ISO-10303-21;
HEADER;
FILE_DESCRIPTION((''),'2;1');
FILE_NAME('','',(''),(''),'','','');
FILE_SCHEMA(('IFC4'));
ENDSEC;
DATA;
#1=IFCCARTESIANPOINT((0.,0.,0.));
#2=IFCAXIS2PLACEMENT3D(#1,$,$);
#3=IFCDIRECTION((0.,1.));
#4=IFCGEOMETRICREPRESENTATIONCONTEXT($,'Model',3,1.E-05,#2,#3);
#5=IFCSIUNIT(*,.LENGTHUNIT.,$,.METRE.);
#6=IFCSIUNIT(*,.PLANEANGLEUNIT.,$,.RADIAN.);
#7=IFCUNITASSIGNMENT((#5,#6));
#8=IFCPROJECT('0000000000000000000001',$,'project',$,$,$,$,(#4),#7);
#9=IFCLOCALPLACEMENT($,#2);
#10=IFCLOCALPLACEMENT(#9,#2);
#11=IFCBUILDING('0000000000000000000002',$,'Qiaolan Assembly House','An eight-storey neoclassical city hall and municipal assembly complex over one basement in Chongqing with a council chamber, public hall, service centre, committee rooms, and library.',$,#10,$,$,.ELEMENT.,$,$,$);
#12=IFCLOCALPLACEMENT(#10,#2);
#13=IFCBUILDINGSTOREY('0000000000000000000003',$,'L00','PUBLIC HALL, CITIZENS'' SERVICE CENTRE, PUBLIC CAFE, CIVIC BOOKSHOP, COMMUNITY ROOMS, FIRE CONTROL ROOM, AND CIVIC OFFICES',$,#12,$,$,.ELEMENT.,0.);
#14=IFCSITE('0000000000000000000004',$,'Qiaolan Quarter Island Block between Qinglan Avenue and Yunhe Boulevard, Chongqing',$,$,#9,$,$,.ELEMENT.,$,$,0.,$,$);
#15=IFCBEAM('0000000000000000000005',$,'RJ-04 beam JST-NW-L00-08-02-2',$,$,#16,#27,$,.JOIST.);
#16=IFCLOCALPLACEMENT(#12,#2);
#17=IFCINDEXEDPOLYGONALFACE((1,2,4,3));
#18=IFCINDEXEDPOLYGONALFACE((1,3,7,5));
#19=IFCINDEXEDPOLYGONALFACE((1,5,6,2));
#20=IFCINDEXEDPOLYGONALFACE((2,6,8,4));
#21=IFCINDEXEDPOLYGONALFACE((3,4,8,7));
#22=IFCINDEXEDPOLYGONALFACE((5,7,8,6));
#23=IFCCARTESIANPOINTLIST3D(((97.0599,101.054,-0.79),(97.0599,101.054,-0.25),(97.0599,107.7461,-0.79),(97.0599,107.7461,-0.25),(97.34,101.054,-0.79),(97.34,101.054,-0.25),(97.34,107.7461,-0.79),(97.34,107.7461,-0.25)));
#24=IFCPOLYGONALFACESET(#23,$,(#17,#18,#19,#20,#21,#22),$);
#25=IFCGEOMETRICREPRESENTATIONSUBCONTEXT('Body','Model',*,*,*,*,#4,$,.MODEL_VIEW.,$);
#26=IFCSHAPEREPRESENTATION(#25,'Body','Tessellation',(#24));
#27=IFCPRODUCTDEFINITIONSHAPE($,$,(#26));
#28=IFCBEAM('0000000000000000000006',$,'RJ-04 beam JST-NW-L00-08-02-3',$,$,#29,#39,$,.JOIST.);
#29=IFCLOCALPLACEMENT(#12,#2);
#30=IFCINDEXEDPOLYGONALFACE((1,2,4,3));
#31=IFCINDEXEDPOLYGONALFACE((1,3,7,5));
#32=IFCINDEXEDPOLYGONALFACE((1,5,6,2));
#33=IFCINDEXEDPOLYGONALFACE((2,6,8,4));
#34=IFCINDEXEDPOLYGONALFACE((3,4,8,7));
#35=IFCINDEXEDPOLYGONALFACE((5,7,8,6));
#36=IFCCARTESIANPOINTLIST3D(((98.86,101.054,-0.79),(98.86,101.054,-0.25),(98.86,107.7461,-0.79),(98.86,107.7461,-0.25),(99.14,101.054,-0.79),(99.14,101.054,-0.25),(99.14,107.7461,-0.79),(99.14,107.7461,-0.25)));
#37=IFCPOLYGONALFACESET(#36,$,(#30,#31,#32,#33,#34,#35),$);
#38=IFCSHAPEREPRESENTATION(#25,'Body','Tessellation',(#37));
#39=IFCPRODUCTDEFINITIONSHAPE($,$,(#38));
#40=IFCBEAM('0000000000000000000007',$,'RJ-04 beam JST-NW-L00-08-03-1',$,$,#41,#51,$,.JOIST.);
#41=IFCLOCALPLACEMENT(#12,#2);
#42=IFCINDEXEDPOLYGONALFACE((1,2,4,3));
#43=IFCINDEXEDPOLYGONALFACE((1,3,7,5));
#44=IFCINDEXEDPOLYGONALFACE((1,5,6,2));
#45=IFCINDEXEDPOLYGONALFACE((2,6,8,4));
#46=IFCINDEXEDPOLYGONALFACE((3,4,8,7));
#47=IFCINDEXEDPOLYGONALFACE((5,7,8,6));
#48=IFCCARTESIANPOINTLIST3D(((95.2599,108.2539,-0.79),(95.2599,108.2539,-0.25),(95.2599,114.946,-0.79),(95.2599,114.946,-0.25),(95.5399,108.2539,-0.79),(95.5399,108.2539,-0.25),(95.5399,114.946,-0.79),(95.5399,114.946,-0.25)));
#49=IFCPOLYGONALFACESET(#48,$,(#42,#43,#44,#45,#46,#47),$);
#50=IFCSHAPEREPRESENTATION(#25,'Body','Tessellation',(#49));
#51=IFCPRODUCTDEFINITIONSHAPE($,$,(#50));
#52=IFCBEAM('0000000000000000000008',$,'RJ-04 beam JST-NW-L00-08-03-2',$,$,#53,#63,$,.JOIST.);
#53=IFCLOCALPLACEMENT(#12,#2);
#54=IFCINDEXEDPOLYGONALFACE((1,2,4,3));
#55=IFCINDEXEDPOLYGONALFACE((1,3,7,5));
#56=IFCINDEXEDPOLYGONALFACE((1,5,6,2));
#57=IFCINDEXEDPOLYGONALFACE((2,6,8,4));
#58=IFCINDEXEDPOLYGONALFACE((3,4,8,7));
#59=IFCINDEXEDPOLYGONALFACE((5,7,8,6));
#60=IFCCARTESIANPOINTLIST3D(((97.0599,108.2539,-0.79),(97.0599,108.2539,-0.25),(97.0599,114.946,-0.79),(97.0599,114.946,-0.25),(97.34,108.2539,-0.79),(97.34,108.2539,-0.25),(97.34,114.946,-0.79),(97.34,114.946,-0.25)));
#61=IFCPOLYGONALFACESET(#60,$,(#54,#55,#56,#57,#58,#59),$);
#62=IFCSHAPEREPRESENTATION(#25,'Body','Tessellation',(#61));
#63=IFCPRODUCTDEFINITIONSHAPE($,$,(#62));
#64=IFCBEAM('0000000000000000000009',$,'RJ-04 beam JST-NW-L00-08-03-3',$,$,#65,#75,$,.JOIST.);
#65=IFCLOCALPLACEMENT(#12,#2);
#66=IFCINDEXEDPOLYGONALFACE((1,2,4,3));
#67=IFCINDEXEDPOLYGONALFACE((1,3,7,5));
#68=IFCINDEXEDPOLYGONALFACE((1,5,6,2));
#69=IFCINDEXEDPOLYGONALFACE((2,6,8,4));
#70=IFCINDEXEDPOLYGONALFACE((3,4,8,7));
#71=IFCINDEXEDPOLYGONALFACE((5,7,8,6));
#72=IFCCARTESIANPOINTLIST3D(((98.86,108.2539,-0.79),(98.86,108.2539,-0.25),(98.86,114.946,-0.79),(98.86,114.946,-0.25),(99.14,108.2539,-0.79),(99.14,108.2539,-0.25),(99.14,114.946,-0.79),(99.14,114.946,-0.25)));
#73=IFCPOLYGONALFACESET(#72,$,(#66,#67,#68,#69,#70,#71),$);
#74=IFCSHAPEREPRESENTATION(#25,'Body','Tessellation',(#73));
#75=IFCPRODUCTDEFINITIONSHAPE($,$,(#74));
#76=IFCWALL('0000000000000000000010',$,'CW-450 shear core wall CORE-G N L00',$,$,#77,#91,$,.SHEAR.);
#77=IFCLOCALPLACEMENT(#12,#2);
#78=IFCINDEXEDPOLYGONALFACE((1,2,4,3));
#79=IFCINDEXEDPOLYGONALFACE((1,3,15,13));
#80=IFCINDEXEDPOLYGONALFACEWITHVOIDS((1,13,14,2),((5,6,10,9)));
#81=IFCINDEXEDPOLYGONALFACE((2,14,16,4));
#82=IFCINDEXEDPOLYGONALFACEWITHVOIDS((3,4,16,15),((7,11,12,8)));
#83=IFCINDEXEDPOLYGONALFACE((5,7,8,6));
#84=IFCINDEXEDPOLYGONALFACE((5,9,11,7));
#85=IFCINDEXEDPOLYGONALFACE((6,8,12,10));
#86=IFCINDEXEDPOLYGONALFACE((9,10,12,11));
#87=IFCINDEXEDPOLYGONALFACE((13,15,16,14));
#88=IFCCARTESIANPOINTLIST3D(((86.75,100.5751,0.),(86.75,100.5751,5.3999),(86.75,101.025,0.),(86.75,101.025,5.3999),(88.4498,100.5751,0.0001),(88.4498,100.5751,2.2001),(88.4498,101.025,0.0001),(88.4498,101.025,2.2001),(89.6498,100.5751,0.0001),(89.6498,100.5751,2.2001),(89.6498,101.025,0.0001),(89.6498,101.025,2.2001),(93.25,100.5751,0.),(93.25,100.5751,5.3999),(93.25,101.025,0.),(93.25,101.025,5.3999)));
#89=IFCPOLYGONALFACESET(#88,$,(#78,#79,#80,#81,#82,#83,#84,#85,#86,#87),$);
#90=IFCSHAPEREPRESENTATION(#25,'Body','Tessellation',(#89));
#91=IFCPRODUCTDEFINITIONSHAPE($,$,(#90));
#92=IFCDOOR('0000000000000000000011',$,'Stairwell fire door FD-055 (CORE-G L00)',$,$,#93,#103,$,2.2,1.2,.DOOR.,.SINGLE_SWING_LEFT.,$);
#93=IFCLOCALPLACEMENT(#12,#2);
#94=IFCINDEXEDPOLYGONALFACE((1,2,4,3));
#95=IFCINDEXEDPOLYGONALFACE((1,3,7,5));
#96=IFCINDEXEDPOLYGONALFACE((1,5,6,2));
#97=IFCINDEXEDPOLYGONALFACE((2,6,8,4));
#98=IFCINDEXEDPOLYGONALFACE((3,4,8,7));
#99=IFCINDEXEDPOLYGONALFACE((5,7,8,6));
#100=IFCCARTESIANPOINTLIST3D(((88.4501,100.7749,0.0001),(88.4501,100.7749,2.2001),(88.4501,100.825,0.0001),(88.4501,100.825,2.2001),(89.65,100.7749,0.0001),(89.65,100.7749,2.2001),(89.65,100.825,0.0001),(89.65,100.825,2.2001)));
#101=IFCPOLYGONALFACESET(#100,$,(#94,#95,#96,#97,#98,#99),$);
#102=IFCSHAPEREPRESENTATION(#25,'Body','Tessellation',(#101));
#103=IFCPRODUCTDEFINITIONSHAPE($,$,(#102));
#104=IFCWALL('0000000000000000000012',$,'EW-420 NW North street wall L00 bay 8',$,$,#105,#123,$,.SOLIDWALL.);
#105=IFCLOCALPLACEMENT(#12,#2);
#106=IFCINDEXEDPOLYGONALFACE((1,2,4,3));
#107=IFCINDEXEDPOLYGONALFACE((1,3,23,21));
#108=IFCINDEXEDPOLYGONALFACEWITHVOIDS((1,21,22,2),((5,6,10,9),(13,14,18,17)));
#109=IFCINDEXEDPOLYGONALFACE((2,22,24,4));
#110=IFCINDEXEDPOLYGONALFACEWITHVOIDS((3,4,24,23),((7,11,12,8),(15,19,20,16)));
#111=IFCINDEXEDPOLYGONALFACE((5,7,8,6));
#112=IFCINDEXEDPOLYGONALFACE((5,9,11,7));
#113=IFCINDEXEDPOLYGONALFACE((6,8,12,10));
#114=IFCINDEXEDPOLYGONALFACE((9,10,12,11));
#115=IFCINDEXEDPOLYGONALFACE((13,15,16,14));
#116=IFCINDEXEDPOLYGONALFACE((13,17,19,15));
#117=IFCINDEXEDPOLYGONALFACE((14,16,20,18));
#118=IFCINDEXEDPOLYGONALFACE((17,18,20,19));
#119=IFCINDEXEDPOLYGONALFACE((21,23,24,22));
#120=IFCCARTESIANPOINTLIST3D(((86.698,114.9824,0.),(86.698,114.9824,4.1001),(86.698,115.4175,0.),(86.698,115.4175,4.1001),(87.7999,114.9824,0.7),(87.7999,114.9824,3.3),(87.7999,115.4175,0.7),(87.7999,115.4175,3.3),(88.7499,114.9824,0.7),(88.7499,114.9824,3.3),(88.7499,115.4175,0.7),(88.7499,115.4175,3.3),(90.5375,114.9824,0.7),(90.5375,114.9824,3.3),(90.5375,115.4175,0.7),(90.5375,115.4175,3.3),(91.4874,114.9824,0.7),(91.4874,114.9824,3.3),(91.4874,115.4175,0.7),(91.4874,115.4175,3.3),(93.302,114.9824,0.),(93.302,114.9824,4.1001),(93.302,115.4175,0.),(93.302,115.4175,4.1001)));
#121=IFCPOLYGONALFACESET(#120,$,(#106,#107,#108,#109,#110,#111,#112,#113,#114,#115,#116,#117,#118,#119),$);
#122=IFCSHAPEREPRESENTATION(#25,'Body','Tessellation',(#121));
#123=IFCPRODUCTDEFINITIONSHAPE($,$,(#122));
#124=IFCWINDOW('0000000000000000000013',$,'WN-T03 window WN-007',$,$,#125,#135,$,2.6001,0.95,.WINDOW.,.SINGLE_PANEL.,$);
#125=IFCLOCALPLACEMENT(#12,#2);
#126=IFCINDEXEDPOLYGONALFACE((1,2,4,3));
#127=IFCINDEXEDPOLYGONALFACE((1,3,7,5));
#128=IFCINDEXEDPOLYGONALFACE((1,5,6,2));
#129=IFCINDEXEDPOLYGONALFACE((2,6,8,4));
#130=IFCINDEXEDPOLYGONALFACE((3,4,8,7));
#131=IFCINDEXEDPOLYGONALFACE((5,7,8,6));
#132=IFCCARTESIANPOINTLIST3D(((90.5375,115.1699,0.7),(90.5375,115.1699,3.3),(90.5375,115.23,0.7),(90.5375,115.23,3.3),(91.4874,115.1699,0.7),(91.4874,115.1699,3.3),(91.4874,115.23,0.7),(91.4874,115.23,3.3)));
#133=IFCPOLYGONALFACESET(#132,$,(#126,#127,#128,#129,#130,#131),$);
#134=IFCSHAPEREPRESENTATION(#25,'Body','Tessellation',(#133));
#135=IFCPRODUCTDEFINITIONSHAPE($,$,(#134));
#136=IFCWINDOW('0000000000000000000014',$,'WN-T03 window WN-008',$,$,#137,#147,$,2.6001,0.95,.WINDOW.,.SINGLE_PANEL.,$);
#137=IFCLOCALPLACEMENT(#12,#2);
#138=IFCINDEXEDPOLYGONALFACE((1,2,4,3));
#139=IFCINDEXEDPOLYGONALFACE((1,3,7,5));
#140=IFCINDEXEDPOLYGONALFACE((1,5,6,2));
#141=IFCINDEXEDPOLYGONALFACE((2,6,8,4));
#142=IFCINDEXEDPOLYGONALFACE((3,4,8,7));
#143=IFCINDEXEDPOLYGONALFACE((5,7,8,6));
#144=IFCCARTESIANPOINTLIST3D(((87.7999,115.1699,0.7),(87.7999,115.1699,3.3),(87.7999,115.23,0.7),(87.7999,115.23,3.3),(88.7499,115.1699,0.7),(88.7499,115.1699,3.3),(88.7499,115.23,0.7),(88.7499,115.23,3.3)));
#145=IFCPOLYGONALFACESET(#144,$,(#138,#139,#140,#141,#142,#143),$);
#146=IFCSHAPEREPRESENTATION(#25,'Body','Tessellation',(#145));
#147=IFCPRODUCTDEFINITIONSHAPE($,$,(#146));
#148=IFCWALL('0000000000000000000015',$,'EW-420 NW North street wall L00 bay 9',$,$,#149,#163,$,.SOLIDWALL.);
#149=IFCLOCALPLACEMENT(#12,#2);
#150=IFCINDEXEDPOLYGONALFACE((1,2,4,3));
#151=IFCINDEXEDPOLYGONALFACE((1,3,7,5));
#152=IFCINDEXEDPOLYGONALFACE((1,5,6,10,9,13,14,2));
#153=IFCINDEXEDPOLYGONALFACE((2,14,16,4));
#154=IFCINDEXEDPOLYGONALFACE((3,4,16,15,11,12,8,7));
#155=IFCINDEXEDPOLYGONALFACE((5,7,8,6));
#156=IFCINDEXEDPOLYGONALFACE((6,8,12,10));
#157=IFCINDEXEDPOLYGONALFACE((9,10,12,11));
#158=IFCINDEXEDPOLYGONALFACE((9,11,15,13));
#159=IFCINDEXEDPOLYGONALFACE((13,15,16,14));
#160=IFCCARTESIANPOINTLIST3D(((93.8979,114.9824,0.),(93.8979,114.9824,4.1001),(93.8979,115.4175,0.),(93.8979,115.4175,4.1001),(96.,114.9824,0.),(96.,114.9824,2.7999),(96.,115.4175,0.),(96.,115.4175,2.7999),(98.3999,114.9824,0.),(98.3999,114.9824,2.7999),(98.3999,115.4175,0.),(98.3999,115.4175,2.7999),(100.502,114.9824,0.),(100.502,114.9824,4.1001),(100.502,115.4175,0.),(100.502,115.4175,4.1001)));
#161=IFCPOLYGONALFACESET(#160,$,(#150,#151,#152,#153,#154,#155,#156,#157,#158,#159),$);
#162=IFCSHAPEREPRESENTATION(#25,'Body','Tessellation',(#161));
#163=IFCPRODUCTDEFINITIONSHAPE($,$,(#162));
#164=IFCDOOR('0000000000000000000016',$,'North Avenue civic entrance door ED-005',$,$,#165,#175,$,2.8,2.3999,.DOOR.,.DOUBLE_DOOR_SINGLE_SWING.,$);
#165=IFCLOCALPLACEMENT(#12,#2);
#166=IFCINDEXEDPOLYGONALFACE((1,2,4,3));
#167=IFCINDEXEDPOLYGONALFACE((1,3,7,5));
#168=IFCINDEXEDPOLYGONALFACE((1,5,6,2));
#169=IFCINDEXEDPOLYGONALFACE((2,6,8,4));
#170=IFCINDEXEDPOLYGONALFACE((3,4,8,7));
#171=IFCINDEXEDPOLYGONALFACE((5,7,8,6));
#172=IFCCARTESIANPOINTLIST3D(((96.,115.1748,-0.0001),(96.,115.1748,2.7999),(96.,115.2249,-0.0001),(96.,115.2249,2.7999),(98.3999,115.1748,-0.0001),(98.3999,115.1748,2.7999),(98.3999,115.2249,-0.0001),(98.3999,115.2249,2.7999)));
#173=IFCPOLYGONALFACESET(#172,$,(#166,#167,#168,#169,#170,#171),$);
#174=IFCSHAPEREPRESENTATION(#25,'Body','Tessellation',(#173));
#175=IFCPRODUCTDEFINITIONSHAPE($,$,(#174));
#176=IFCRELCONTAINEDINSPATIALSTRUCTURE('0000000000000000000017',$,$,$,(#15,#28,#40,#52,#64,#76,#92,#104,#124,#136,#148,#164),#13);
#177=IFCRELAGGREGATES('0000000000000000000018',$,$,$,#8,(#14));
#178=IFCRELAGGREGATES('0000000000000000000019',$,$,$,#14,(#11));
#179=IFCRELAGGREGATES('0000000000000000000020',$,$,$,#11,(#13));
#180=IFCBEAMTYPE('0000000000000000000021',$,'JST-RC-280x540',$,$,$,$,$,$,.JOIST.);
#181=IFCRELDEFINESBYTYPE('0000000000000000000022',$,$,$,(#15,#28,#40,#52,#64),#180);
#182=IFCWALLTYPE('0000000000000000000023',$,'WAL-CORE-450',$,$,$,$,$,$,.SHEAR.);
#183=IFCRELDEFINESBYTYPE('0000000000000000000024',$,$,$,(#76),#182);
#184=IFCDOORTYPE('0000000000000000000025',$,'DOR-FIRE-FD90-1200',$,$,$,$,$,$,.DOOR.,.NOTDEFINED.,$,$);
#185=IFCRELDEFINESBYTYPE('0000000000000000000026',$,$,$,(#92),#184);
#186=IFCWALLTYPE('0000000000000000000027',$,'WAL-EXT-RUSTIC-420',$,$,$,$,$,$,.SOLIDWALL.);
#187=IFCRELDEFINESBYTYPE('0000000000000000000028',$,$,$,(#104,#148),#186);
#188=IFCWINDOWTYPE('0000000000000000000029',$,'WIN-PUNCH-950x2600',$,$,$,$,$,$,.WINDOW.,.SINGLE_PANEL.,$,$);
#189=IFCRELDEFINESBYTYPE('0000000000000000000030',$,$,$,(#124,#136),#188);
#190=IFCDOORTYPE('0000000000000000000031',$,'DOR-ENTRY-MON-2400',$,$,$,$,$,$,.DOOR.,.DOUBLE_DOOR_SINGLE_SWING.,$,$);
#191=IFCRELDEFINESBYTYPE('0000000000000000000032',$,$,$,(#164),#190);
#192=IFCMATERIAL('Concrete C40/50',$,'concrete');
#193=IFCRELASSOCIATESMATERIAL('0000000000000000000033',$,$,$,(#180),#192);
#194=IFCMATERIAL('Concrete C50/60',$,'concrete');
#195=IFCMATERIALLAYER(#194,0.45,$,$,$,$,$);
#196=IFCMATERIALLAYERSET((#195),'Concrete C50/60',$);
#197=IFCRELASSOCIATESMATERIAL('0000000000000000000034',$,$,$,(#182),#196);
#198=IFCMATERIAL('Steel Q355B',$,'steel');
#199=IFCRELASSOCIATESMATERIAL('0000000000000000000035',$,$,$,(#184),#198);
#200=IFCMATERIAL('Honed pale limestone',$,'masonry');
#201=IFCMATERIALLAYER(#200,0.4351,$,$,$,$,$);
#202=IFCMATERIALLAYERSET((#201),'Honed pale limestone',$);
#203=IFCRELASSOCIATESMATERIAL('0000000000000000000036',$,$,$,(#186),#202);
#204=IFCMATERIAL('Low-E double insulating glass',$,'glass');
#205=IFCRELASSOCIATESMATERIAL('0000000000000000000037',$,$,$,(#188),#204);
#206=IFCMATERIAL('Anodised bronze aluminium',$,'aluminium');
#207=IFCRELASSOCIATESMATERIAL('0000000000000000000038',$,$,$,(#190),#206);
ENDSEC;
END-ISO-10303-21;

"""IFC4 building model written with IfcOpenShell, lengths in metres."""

from ifc_helpers import new_model, si_unit, direction, frame, frame_2d, origin, origin_2d, place, context, subcontext, project, spatial, rectangle, extrude, material, layer, layer_set, material_profile, profile_set, type_object, element, fill, save


model = new_model("IFC4")

# Units and contexts
model_context = context("Model", 3, precision=1e-05, world=origin(), true_north=direction((0.0, 1.0)))
body_context = subcontext(model_context, "Body", "Model", "MODEL_VIEW")
ifc_project = project(units=[si_unit("LENGTHUNIT", "METRE"), si_unit("PLANEANGLEUNIT", "RADIAN")], contexts=[model_context])

# Site, building, storey
site_placement = place(None, origin())
site = spatial("IfcSite", under=ifc_project, at=site_placement, Name="Qiaolan Quarter Island Block between Qinglan Avenue and Yunhe Boulevard, Chongqing", CompositionType="ELEMENT", RefElevation=0.0)
building_placement = place(site_placement, origin())
building = spatial("IfcBuilding", under=site, at=building_placement, Name="Qiaolan Assembly House", Description="An eight-storey neoclassical city hall and municipal assembly complex over one basement in Chongqing with a council chamber, public hall, service centre, committee rooms, and library.", CompositionType="ELEMENT")
storey_placement = place(building_placement, origin())
storey = spatial("IfcBuildingStorey", under=building, at=storey_placement, Name="L00", Description="PUBLIC HALL, CITIZENS' SERVICE CENTRE, PUBLIC CAFE, CIVIC BOOKSHOP, COMMUNITY ROOMS, FIRE CONTROL ROOM, AND CIVIC OFFICES", CompositionType="ELEMENT", Elevation=0.0)

# Shared definitions
ifc_material_1 = material(Name="Concrete C50/60", Category="concrete")

# Beams
ifc_material_2 = material(Name="Concrete C40/50", Category="concrete")
ifc_material_profile_1 = material_profile(ifc_material_2, rectangle(XDim=0.28, YDim=0.54, at=origin_2d()), Name="RCB 280x540")
ifc_profile_set_1 = profile_set([ifc_material_profile_1], Name="Concrete C40/50")
beam_type_1 = type_object("IfcBeamType", Name="JST-RC-280x540", PredefinedType="JOIST", material=ifc_profile_set_1)
for number, where, z_axis, x_axis, name in (
    (1, (97.2, 101.054, -0.52), (0.0, 1.0, 0.0), (-1.0, 0.0, 0.0), "RJ-04 beam JST-NW-L00-08-02-2"),
    (2, (99.0, 101.054, -0.52), (0.0, 1.0, 0.0), (-1.0, 0.0, 0.0), "RJ-04 beam JST-NW-L00-08-02-3"),
    (3, (95.3999, 108.2539, -0.52), (0.0, 1.0, 0.0), (-1.0, 0.0, 0.0), "RJ-04 beam JST-NW-L00-08-03-1"),
    (4, (97.2, 108.2539, -0.52), (0.0, 1.0, 0.0), (-1.0, 0.0, 0.0), "RJ-04 beam JST-NW-L00-08-03-2"),
    (5, (99.0, 108.2539, -0.52), (0.0, 1.0, 0.0), (-1.0, 0.0, 0.0), "RJ-04 beam JST-NW-L00-08-03-3"),
):
    element("IfcBeam", number, at=place(storey_placement, frame(where, z_axis=z_axis, x_axis=x_axis)), inside=storey, type_object=beam_type_1, Name=name, PredefinedType="JOIST", context=body_context, shape_type="SweptSolid", body=[
        extrude(rectangle(XDim=0.28, YDim=0.54, at=origin_2d()), origin(), (0.0, 0.0, 1.0), 6.6921),
    ])

# Wall, opening, door
ifc_layer_1 = layer(ifc_material_1, 0.45)
ifc_layer_set_1 = layer_set([ifc_layer_1], Name="Concrete C50/60")
wall_type_1 = type_object("IfcWallType", Name="WAL-CORE-450", PredefinedType="SHEAR", material=ifc_layer_set_1)
wall_1_placement = place(storey_placement, frame((93.25, 100.8, 0.0), z_axis=(0.0, 0.0, 1.0), x_axis=(-1.0, 0.0, 0.0)))
wall_1 = element("IfcWall", 6, at=wall_1_placement, inside=storey, type_object=wall_type_1, Name="CW-450 shear core wall CORE-G N L00", PredefinedType="SHEAR", context=body_context, shape_type="SweptSolid", body=[
    extrude(rectangle(XDim=6.5, YDim=0.45, at=frame_2d((3.25, 0.0))), origin(), (0.0, 0.0, 1.0), 5.3999),
])
opening_1_placement = place(wall_1_placement, frame((3.6001, 0.0, 0.0)))
opening_1 = element("IfcOpeningElement", 7, at=opening_1_placement, cuts=wall_1, PredefinedType="OPENING", context=body_context, shape_type="SweptSolid", body=[
    extrude(rectangle(XDim=1.2, YDim=2.2, at=frame_2d((0.6001, 1.1001))), frame((0.0, 0.2349, 0.0), z_axis=(0.0, -1.0, 0.0), x_axis=(1.0, 0.0, 0.0)), (0.0, 0.0, 1.0), 0.47),
])
ifc_material_3 = material(Name="Steel Q355B", Category="steel")
door_type_1 = type_object("IfcDoorType", Name="DOR-FIRE-FD90-1200", OperationType="NOTDEFINED", PredefinedType="DOOR", material=ifc_material_3)
door_1_placement = place(opening_1_placement, frame((1.2, 0.0, 0.0), z_axis=(0.0, 0.0, 1.0), x_axis=(-1.0, 0.0, 0.0)))
door_1 = element("IfcDoor", 8, at=door_1_placement, inside=storey, type_object=door_type_1, Name="Stairwell fire door FD-055 (CORE-G L00)", OperationType="SINGLE_SWING_LEFT", OverallHeight=2.2, OverallWidth=1.2, PredefinedType="DOOR", context=body_context, shape_type="SweptSolid", body=[
    extrude(rectangle(XDim=1.2, YDim=2.2, at=frame_2d((0.6001, 1.1001))), frame((0.0, 0.0249, 0.0), z_axis=(0.0, -1.0, 0.0), x_axis=(1.0, 0.0, 0.0)), (0.0, 0.0, 1.0), 0.05),
])
fill(opening_1, door_1)

# Wall, openings, windows
ifc_material_4 = material(Name="Honed pale limestone", Category="masonry")
ifc_layer_2 = layer(ifc_material_4, 0.4351)
ifc_layer_set_2 = layer_set([ifc_layer_2], Name="Honed pale limestone")
wall_type_2 = type_object("IfcWallType", Name="WAL-EXT-RUSTIC-420", PredefinedType="SOLIDWALL", material=ifc_layer_set_2)
wall_2_placement = place(storey_placement, frame((93.302, 115.2, 0.0), z_axis=(0.0, 0.0, 1.0), x_axis=(-1.0, 0.0, 0.0)))
wall_2 = element("IfcWall", 9, at=wall_2_placement, inside=storey, type_object=wall_type_2, Name="EW-420 NW North street wall L00 bay 8", PredefinedType="SOLIDWALL", context=body_context, shape_type="SweptSolid", body=[
    extrude(rectangle(XDim=6.604, YDim=0.4351, at=frame_2d((3.302, 0.0))), origin(), (0.0, 0.0, 1.0), 4.1001),
])
opening_2_placement = place(wall_2_placement, frame((1.8145, 0.0, 0.7)))
opening_2 = element("IfcOpeningElement", 10, at=opening_2_placement, cuts=wall_2, PredefinedType="OPENING", context=body_context, shape_type="SweptSolid", body=[
    extrude(rectangle(XDim=0.95, YDim=2.6001, at=frame_2d((0.4751, 1.3))), frame((0.0, 0.2275, 0.0), z_axis=(0.0, -1.0, 0.0), x_axis=(1.0, 0.0, 0.0)), (0.0, 0.0, 1.0), 0.4551),
])
opening_3_placement = place(wall_2_placement, frame((4.552, 0.0, 0.7)))
opening_3 = element("IfcOpeningElement", 11, at=opening_3_placement, cuts=wall_2, PredefinedType="OPENING", context=body_context, shape_type="SweptSolid", body=[
    extrude(rectangle(XDim=0.95, YDim=2.6001, at=frame_2d((0.4751, 1.3))), frame((0.0, 0.2275, 0.0), z_axis=(0.0, -1.0, 0.0), x_axis=(1.0, 0.0, 0.0)), (0.0, 0.0, 1.0), 0.4551),
])
ifc_material_5 = material(Name="Low-E double insulating glass", Category="glass")
window_type = type_object("IfcWindowType", Name="WIN-PUNCH-950x2600", PartitioningType="SINGLE_PANEL", PredefinedType="WINDOW", material=ifc_material_5)
window_1_placement = place(opening_2_placement, origin())
window_1 = element("IfcWindow", 12, at=window_1_placement, inside=storey, type_object=window_type, Name="WN-T03 window WN-007", OverallHeight=2.6001, OverallWidth=0.95, PartitioningType="SINGLE_PANEL", PredefinedType="WINDOW", context=body_context, shape_type="SweptSolid", body=[
    extrude(rectangle(XDim=0.95, YDim=2.6001, at=frame_2d((0.4751, 1.3))), frame((0.0, 0.03, 0.0), z_axis=(0.0, -1.0, 0.0), x_axis=(1.0, 0.0, 0.0)), (0.0, 0.0, 1.0), 0.0601),
])
fill(opening_2, window_1)
window_2_placement = place(opening_3_placement, origin())
window_2 = element("IfcWindow", 13, at=window_2_placement, inside=storey, type_object=window_type, Name="WN-T03 window WN-008", OverallHeight=2.6001, OverallWidth=0.95, PartitioningType="SINGLE_PANEL", PredefinedType="WINDOW", context=body_context, shape_type="SweptSolid", body=[
    extrude(rectangle(XDim=0.95, YDim=2.6001, at=frame_2d((0.4751, 1.3))), frame((0.0, 0.03, 0.0), z_axis=(0.0, -1.0, 0.0), x_axis=(1.0, 0.0, 0.0)), (0.0, 0.0, 1.0), 0.0601),
])
fill(opening_3, window_2)

# Wall, opening, door
wall_3_placement = place(storey_placement, frame((100.502, 115.2, 0.0), z_axis=(0.0, 0.0, 1.0), x_axis=(-1.0, 0.0, 0.0)))
wall_3 = element("IfcWall", 14, at=wall_3_placement, inside=storey, type_object=wall_type_2, Name="EW-420 NW North street wall L00 bay 9", PredefinedType="SOLIDWALL", context=body_context, shape_type="SweptSolid", body=[
    extrude(rectangle(XDim=6.604, YDim=0.4351, at=frame_2d((3.302, 0.0))), origin(), (0.0, 0.0, 1.0), 4.1001),
])
opening_4_placement = place(wall_3_placement, frame((2.1021, 0.0, 0.0)))
opening_4 = element("IfcOpeningElement", 15, at=opening_4_placement, cuts=wall_3, PredefinedType="OPENING", context=body_context, shape_type="SweptSolid", body=[
    extrude(rectangle(XDim=2.3999, YDim=2.8, at=frame_2d((1.2, 1.3999))), frame((0.0, 0.2275, 0.0), z_axis=(0.0, -1.0, 0.0), x_axis=(1.0, 0.0, 0.0)), (0.0, 0.0, 1.0), 0.4551),
])
ifc_material_6 = material(Name="Anodised bronze aluminium", Category="aluminium")
door_type_2 = type_object("IfcDoorType", Name="DOR-ENTRY-MON-2400", OperationType="DOUBLE_DOOR_SINGLE_SWING", PredefinedType="DOOR", material=ifc_material_6)
door_2_placement = place(opening_4_placement, frame((2.3999, 0.0, 0.0), z_axis=(0.0, 0.0, 1.0), x_axis=(-1.0, 0.0, 0.0)))
door_2 = element("IfcDoor", 16, at=door_2_placement, inside=storey, type_object=door_type_2, Name="North Avenue civic entrance door ED-005", OperationType="DOUBLE_DOOR_SINGLE_SWING", OverallHeight=2.8, OverallWidth=2.3999, PredefinedType="DOOR", context=body_context, shape_type="SweptSolid", body=[
    extrude(rectangle(XDim=2.3999, YDim=2.8, at=frame_2d((1.2, 1.3999))), frame((0.0, 0.0249, 0.0), z_axis=(0.0, -1.0, 0.0), x_axis=(1.0, 0.0, 0.0)), (0.0, 0.0, 1.0), 0.05),
])
fill(opening_4, door_2)

save(model, "model.ifc")
